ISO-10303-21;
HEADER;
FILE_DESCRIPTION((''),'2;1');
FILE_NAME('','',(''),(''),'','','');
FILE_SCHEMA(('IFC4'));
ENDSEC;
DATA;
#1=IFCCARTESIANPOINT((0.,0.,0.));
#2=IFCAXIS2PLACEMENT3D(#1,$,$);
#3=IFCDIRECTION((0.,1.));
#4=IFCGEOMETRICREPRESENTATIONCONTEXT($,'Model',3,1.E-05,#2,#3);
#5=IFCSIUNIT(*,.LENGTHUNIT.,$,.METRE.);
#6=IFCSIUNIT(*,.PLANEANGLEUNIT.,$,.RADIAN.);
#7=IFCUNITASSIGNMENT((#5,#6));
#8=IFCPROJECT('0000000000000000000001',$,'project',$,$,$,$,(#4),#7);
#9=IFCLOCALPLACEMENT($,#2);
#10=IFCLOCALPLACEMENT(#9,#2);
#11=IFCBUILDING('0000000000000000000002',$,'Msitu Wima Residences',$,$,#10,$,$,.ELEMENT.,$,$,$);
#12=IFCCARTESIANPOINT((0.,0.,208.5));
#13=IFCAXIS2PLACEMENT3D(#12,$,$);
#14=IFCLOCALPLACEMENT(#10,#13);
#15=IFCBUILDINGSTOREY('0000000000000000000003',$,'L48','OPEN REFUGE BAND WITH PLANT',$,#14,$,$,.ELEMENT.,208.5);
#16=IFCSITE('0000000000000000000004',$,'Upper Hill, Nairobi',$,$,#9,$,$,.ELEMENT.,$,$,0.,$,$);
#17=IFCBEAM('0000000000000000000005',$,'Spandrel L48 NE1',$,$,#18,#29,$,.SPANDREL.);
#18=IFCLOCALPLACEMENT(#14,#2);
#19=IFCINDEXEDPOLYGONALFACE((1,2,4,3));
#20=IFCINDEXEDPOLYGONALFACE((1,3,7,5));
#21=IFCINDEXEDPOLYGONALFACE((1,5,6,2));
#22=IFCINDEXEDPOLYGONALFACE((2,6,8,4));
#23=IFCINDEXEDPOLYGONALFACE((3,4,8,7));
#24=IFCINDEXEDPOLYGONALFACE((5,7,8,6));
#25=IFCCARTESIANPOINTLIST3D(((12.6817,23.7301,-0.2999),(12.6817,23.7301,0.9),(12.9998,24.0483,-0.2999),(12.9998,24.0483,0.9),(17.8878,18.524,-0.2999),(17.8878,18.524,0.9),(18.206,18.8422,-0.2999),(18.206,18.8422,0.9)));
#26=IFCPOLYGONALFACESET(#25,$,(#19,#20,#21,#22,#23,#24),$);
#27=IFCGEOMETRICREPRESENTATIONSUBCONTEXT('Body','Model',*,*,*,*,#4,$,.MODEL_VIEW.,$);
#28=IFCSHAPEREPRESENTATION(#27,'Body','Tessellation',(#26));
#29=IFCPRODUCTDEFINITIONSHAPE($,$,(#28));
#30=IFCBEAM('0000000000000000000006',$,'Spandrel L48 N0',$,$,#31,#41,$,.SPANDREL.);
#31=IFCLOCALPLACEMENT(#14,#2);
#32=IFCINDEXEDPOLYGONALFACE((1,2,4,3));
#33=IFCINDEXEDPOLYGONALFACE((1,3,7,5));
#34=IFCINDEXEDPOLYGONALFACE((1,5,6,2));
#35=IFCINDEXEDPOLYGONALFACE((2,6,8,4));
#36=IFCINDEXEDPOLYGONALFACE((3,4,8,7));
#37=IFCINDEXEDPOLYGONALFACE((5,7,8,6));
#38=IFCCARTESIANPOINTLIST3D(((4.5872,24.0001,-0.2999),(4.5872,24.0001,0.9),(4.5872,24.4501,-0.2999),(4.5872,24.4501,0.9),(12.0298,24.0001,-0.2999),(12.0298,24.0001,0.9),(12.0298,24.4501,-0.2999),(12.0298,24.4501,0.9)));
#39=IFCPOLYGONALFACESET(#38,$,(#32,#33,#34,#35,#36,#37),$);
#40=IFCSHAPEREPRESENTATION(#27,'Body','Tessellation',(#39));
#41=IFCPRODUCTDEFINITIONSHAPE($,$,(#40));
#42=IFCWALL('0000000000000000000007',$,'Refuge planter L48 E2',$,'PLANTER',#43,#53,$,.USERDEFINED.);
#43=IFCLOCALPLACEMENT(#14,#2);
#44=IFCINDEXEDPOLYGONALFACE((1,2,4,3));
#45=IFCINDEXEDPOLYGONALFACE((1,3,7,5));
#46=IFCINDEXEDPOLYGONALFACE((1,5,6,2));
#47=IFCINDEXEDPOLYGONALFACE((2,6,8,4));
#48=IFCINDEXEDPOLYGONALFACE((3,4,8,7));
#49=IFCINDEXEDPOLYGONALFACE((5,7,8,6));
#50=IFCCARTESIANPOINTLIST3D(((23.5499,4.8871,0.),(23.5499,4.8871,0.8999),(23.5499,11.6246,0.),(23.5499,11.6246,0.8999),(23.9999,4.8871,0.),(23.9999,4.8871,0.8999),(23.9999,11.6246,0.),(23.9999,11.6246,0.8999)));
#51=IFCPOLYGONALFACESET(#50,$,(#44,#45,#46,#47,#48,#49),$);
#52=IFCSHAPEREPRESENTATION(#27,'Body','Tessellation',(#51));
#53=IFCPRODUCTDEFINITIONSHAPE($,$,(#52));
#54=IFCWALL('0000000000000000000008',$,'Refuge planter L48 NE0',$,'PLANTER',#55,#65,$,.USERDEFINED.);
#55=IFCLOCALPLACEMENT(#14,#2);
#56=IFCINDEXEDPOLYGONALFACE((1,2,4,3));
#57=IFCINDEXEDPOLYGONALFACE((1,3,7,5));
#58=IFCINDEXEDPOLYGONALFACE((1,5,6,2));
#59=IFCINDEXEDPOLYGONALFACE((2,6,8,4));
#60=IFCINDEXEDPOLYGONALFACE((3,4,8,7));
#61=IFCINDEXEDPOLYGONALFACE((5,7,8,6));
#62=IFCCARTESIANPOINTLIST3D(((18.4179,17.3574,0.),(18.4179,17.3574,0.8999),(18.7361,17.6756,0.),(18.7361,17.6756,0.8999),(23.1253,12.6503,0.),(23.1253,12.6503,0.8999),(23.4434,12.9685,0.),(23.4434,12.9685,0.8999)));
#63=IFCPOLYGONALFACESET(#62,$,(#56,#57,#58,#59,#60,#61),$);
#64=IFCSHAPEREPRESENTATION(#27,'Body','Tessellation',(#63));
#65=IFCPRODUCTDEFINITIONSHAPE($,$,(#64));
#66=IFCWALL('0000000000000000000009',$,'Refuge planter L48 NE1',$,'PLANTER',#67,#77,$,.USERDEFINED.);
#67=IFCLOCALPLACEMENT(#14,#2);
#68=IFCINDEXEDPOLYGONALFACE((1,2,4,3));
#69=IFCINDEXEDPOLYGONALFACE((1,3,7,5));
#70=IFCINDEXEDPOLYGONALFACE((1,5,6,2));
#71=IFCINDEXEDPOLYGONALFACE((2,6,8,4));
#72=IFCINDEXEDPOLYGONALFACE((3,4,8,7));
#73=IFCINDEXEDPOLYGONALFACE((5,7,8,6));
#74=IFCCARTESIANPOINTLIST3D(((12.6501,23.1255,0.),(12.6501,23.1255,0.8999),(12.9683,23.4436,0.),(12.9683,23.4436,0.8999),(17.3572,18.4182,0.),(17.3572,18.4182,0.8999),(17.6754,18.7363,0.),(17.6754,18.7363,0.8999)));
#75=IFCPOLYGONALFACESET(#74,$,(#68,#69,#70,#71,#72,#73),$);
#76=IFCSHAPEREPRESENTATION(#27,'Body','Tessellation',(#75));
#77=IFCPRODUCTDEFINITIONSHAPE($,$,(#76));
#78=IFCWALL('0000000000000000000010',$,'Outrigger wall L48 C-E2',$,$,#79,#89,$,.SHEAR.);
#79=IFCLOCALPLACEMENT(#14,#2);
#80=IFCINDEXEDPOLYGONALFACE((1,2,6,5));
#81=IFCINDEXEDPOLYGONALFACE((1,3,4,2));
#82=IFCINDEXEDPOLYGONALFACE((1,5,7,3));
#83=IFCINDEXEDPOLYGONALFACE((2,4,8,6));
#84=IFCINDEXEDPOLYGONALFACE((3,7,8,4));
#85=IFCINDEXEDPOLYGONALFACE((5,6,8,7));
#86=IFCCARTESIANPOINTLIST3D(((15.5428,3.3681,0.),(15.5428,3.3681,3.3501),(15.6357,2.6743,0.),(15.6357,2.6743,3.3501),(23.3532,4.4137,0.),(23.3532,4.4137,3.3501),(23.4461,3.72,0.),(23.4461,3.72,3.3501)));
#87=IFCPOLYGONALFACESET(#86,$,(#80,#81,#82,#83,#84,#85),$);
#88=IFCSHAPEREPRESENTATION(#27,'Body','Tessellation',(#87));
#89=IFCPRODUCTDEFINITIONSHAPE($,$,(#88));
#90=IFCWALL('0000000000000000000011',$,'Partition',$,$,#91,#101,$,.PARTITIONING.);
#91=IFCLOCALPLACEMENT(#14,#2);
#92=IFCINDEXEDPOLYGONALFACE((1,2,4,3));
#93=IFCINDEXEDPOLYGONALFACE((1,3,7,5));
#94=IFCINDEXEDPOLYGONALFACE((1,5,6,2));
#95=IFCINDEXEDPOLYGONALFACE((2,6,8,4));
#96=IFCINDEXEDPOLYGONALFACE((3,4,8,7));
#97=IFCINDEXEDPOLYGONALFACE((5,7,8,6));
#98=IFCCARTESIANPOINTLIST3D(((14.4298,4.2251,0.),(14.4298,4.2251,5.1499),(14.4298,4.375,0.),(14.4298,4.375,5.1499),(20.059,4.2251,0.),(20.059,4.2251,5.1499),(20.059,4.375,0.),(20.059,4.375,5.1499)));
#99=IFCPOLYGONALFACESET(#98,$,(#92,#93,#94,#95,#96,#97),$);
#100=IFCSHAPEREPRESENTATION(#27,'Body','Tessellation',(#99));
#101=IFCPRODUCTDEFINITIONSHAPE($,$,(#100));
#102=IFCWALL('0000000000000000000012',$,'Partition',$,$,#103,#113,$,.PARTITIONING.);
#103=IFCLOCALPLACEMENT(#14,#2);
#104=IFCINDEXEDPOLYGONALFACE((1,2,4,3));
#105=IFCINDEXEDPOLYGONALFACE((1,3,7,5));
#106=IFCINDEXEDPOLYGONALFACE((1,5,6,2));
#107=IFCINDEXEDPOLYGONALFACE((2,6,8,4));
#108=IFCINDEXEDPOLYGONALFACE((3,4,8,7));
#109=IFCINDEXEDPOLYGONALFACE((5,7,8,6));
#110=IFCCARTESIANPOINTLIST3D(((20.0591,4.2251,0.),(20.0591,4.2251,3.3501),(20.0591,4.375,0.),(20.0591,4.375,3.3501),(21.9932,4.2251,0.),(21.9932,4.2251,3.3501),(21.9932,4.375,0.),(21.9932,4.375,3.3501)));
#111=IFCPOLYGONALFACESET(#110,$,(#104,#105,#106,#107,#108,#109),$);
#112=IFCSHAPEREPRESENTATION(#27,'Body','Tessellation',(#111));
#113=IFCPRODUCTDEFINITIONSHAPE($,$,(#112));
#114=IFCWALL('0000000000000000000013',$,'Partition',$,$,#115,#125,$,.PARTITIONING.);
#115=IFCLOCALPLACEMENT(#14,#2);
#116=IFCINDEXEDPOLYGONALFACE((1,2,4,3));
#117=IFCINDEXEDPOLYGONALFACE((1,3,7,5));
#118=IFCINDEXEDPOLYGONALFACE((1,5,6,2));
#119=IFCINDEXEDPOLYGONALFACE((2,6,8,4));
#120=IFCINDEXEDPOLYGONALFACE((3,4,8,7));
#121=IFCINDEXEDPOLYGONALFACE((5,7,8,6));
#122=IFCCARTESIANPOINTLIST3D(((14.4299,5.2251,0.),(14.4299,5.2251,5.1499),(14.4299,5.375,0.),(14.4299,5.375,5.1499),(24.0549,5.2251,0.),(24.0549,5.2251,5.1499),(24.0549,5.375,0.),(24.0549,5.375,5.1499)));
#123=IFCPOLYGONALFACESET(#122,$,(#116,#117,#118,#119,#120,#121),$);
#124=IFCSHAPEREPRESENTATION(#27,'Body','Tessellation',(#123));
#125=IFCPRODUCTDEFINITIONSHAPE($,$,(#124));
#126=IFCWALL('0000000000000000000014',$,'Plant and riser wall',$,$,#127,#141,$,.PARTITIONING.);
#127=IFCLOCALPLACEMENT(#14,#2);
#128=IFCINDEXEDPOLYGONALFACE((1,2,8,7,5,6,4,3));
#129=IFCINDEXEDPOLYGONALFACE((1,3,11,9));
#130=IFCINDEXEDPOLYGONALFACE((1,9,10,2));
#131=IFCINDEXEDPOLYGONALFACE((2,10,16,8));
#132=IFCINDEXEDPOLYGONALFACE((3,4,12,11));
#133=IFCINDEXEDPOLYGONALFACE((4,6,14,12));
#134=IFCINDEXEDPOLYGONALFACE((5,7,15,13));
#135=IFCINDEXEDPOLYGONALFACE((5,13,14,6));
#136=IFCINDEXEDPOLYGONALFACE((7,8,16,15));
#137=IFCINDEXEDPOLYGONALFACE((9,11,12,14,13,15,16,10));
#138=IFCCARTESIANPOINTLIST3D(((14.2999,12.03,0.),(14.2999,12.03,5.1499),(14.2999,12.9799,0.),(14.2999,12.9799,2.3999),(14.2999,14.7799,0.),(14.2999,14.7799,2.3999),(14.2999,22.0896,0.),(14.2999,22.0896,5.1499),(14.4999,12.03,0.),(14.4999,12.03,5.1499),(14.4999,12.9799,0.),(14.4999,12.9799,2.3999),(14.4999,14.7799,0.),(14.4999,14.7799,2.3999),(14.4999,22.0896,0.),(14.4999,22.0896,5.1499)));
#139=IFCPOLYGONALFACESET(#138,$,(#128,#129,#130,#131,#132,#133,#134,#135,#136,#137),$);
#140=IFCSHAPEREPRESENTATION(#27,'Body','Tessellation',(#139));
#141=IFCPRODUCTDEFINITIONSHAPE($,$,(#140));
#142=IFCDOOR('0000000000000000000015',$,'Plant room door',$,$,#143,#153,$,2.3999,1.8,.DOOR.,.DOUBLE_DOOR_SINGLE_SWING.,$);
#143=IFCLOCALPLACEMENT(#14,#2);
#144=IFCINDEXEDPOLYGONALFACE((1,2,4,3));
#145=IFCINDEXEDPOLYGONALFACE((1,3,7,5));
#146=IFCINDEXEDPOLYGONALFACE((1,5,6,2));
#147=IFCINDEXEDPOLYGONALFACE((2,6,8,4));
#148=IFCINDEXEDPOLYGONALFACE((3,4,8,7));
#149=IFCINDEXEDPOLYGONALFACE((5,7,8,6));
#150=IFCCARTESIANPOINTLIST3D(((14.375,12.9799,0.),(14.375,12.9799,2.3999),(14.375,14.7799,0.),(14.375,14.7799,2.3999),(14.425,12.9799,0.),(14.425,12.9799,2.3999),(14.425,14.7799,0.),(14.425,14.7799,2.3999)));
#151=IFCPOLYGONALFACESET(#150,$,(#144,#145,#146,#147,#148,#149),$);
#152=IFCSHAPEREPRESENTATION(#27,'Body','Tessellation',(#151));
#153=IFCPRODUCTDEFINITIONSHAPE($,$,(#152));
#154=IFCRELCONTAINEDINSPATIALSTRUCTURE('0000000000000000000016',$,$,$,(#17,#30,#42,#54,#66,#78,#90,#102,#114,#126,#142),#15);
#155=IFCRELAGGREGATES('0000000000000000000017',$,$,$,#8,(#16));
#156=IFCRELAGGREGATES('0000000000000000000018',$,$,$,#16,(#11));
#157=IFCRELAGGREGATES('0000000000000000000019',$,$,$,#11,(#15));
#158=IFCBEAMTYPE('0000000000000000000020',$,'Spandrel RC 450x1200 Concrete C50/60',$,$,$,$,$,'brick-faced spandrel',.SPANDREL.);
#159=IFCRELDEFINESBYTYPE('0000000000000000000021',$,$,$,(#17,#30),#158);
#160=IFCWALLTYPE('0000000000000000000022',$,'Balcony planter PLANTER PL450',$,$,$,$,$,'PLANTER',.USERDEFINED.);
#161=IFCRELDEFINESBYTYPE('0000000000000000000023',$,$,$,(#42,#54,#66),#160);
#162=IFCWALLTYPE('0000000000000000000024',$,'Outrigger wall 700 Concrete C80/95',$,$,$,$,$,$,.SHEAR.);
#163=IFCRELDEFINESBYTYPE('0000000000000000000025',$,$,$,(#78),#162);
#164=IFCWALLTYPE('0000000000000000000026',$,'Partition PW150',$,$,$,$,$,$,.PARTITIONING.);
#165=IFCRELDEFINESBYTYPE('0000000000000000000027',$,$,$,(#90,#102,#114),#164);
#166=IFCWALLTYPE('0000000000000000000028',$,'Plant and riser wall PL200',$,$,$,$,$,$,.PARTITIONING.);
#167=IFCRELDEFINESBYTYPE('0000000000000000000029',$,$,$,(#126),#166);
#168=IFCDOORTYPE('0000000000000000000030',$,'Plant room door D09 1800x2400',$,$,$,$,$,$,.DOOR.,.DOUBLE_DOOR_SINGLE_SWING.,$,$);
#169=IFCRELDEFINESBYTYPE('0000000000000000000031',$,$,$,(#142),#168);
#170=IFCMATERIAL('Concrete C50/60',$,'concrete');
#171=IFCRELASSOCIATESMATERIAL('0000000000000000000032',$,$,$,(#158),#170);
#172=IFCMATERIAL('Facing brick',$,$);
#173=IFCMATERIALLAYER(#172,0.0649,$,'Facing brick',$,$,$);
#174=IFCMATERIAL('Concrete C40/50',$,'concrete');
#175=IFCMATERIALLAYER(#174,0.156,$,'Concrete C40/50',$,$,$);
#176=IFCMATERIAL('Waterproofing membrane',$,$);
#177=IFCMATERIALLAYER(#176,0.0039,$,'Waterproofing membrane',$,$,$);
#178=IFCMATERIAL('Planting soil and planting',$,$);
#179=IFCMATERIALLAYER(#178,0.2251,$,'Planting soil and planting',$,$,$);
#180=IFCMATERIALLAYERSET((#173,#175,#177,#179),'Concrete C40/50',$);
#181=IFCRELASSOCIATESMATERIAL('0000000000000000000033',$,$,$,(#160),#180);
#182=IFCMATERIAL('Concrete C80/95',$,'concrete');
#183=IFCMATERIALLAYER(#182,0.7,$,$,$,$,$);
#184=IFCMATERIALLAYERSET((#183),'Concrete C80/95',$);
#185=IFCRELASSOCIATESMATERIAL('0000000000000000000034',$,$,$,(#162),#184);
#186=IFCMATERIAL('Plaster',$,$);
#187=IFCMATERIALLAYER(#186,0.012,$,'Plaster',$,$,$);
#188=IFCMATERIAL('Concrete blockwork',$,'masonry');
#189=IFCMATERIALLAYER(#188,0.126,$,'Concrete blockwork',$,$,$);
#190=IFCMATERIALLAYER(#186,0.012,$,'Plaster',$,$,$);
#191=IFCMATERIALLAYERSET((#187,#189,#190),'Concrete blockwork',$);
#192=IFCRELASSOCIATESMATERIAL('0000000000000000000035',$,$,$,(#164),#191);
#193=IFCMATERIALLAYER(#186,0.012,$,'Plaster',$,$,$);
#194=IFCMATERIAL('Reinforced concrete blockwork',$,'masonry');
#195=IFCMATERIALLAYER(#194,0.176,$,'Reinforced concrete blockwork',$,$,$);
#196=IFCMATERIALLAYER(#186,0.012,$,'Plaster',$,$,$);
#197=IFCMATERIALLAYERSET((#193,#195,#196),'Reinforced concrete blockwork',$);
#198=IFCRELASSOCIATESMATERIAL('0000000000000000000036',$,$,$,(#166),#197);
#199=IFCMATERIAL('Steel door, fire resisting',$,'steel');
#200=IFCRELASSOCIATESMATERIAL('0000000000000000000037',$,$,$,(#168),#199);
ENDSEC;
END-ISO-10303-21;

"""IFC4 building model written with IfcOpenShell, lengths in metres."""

from ifc_helpers import new_model, si_unit, direction, frame, frame_2d, origin, origin_2d, place, context, subcontext, project, spatial, rectangle, extrude, material, layer, layer_set, material_profile, profile_set, type_object, element, fill, save


model = new_model("IFC4")

# Units and contexts
model_context = context("Model", 3, precision=1e-05, world=origin(), true_north=direction((0.0, 1.0)))
body_context = subcontext(model_context, "Body", "Model", "MODEL_VIEW")
ifc_project = project(units=[si_unit("LENGTHUNIT", "METRE"), si_unit("PLANEANGLEUNIT", "RADIAN")], contexts=[model_context])

# Site, building, storey
site_placement = place(None, origin())
site = spatial("IfcSite", under=ifc_project, at=site_placement, Name="Upper Hill, Nairobi", CompositionType="ELEMENT", RefElevation=0.0)
building_placement = place(site_placement, origin())
building = spatial("IfcBuilding", under=site, at=building_placement, Name="Msitu Wima Residences", CompositionType="ELEMENT")
storey_placement = place(building_placement, frame((0.0, 0.0, 208.5)))
storey = spatial("IfcBuildingStorey", under=building, at=storey_placement, Name="L48", Description="OPEN REFUGE BAND WITH PLANT", CompositionType="ELEMENT", Elevation=208.5)

# Beams
ifc_material_1 = material(Name="Concrete C50/60", Category="concrete")
ifc_material_2 = material(Name="Concrete C80/95", Category="concrete")
ifc_material_profile_1 = material_profile(ifc_material_1, rectangle(XDim=0.45, YDim=1.2, at=origin_2d()), Name="RC 450x1200")
ifc_profile_set_1 = profile_set([ifc_material_profile_1], Name="Concrete C50/60")
beam_type_1 = type_object("IfcBeamType", Name="Spandrel RC 450x1200 Concrete C50/60", ElementType="brick-faced spandrel", PredefinedType="SPANDREL", material=ifc_profile_set_1)
for number, where, z_axis, x_axis, name in (
    (1, (18.0469, 18.6831, 0.3), (-0.707107, 0.707107, 0.0), (-0.707107, -0.707107, 0.0), "Spandrel L48 NE1"),
):
    element("IfcBeam", number, at=place(storey_placement, frame(where, z_axis=z_axis, x_axis=x_axis)), inside=storey, type_object=beam_type_1, Name=name, PredefinedType="SPANDREL", context=body_context, shape_type="SweptSolid", body=[
        extrude(rectangle(XDim=0.45, YDim=1.2, at=origin_2d()), origin(), (0.0, 0.0, 1.0), 7.3625),
    ])
beam_1_placement = place(storey_placement, frame((12.0298, 24.2251, 0.3), z_axis=(-1.0, 0.0, 0.0), x_axis=(0.0, -1.0, 0.0)))
element("IfcBeam", 2, at=beam_1_placement, inside=storey, type_object=beam_type_1, Name="Spandrel L48 N0", PredefinedType="SPANDREL", context=body_context, shape_type="SweptSolid", body=[
    extrude(rectangle(XDim=0.45, YDim=1.2, at=origin_2d()), origin(), (0.0, 0.0, 1.0), 7.4426),
])

# Walls
ifc_material_3 = material(Name="Facing brick")
ifc_layer_1 = layer(ifc_material_3, 0.0649, Name="Facing brick")
ifc_material_4 = material(Name="Concrete C40/50", Category="concrete")
ifc_layer_2 = layer(ifc_material_4, 0.156, Name="Concrete C40/50")
ifc_material_5 = material(Name="Waterproofing membrane")
ifc_layer_3 = layer(ifc_material_5, 0.0039, Name="Waterproofing membrane")
ifc_material_6 = material(Name="Planting soil and planting")
ifc_layer_4 = layer(ifc_material_6, 0.2251, Name="Planting soil and planting")
ifc_layer_set_1 = layer_set([ifc_layer_1, ifc_layer_2, ifc_layer_3, ifc_layer_4], Name="Concrete C40/50")
wall_type_1 = type_object("IfcWallType", Name="Balcony planter PLANTER PL450", ElementType="PLANTER", PredefinedType="USERDEFINED", material=ifc_layer_set_1)
wall_1_placement = place(storey_placement, frame((23.7749, 4.8872, 0.0), z_axis=(0.0, 0.0, 1.0), x_axis=(0.0, 1.0, 0.0)))
element("IfcWall", 3, at=wall_1_placement, inside=storey, type_object=wall_type_1, Name="Refuge planter L48 E2", ObjectType="PLANTER", PredefinedType="USERDEFINED", context=body_context, shape_type="SweptSolid", body=[
    extrude(rectangle(XDim=6.7375, YDim=0.45, at=frame_2d((3.3687, 0.0))), origin(), (0.0, 0.0, 1.0), 0.8999),
])
for number, where, z_axis, x_axis, name in (
    (4, (23.2844, 12.8093, 0.0), (0.0, 0.0, 1.0), (-0.707125, 0.707088, 0.0), "Refuge planter L48 NE0"),
    (5, (17.5164, 18.5771, 0.0), (0.0, 0.0, 1.0), (-0.707088, 0.707125, 0.0), "Refuge planter L48 NE1"),
):
    element("IfcWall", number, at=place(storey_placement, frame(where, z_axis=z_axis, x_axis=x_axis)), inside=storey, type_object=wall_type_1, Name=name, ObjectType="PLANTER", PredefinedType="USERDEFINED", context=body_context, shape_type="SweptSolid", body=[
        extrude(rectangle(XDim=6.657, YDim=0.45, at=frame_2d((3.3286, 0.0))), origin(), (0.0, 0.0, 1.0), 0.8999),
    ])
ifc_layer_5 = layer(ifc_material_2, 0.7)
ifc_layer_set_2 = layer_set([ifc_layer_5], Name="Concrete C80/95")
wall_type_2 = type_object("IfcWallType", Name="Outrigger wall 700 Concrete C80/95", PredefinedType="SHEAR", material=ifc_layer_set_2)
wall_2_placement = place(storey_placement, frame((15.5894, 3.0212, 0.0), z_axis=(0.0, 0.0, 1.0), x_axis=(0.991157, 0.132693, 0.0)))
element("IfcWall", 6, at=wall_2_placement, inside=storey, type_object=wall_type_2, Name="Outrigger wall L48 C-E2", PredefinedType="SHEAR", context=body_context, shape_type="SweptSolid", body=[
    extrude(rectangle(XDim=7.8801, YDim=0.7, at=frame_2d((3.9399, 0.0))), origin(), (0.0, 0.0, 1.0), 3.3501),
])
ifc_material_7 = material(Name="Plaster")
ifc_layer_6 = layer(ifc_material_7, 0.012, Name="Plaster")
ifc_material_8 = material(Name="Concrete blockwork", Category="masonry")
ifc_layer_7 = layer(ifc_material_8, 0.126, Name="Concrete blockwork")
ifc_layer_8 = layer(ifc_material_7, 0.012, Name="Plaster")
ifc_layer_set_3 = layer_set([ifc_layer_6, ifc_layer_7, ifc_layer_8], Name="Concrete blockwork")
wall_type_3 = type_object("IfcWallType", Name="Partition PW150", PredefinedType="PARTITIONING", material=ifc_layer_set_3)
wall_3_placement = place(storey_placement, frame((14.4299, 4.3, 0.0), z_axis=(0.0, 0.0, 1.0), x_axis=(1.0, 0.0, 0.0)))
element("IfcWall", 7, at=wall_3_placement, inside=storey, type_object=wall_type_3, Name="Partition", PredefinedType="PARTITIONING", context=body_context, shape_type="SweptSolid", body=[
    extrude(rectangle(XDim=5.6292, YDim=0.1499, at=frame_2d((2.8145, 0.0))), origin(), (0.0, 0.0, 1.0), 5.1499),
])
wall_4_placement = place(storey_placement, frame((20.0591, 4.3, 0.0), z_axis=(0.0, 0.0, 1.0), x_axis=(1.0, 0.0, 0.0)))
element("IfcWall", 8, at=wall_4_placement, inside=storey, type_object=wall_type_3, Name="Partition", PredefinedType="PARTITIONING", context=body_context, shape_type="SweptSolid", body=[
    extrude(rectangle(XDim=1.9341, YDim=0.1499, at=frame_2d((0.967, 0.0))), origin(), (0.0, 0.0, 1.0), 3.3501),
])
wall_5_placement = place(storey_placement, frame((14.4299, 5.3, 0.0), z_axis=(0.0, 0.0, 1.0), x_axis=(1.0, 0.0, 0.0)))
element("IfcWall", 9, at=wall_5_placement, inside=storey, type_object=wall_type_3, Name="Partition", PredefinedType="PARTITIONING", context=body_context, shape_type="SweptSolid", body=[
    extrude(rectangle(XDim=9.625, YDim=0.1499, at=frame_2d((4.8125, 0.0))), origin(), (0.0, 0.0, 1.0), 5.1499),
])

# Wall, opening, door
ifc_layer_9 = layer(ifc_material_7, 0.012, Name="Plaster")
ifc_material_9 = material(Name="Reinforced concrete blockwork", Category="masonry")
ifc_layer_10 = layer(ifc_material_9, 0.176, Name="Reinforced concrete blockwork")
ifc_layer_11 = layer(ifc_material_7, 0.012, Name="Plaster")
ifc_layer_set_4 = layer_set([ifc_layer_9, ifc_layer_10, ifc_layer_11], Name="Reinforced concrete blockwork")
wall_type_4 = type_object("IfcWallType", Name="Plant and riser wall PL200", PredefinedType="PARTITIONING", material=ifc_layer_set_4)
wall_6_placement = place(storey_placement, frame((14.3999, 12.03, 0.0), z_axis=(0.0, 0.0, 1.0), x_axis=(0.0, 1.0, 0.0)))
wall_6 = element("IfcWall", 10, at=wall_6_placement, inside=storey, type_object=wall_type_4, Name="Plant and riser wall", PredefinedType="PARTITIONING", context=body_context, shape_type="SweptSolid", body=[
    extrude(rectangle(XDim=10.0596, YDim=0.2, at=frame_2d((5.0298, 0.0))), origin(), (0.0, 0.0, 1.0), 5.1499),
])
opening_1_placement = place(wall_6_placement, frame((0.95, 0.0, 0.0)))
opening_1 = element("IfcOpeningElement", 11, at=opening_1_placement, cuts=wall_6, PredefinedType="OPENING", context=body_context, shape_type="SweptSolid", body=[
    extrude(rectangle(XDim=1.8, YDim=2.3999, at=frame_2d((0.8999, 1.2))), frame((0.0, 0.1099, 0.0), z_axis=(0.0, -1.0, 0.0), x_axis=(1.0, 0.0, 0.0)), (0.0, 0.0, 1.0), 0.22),
])
ifc_material_10 = material(Name="Steel door, fire resisting", Category="steel")
door_type = type_object("IfcDoorType", Name="Plant room door D09 1800x2400", OperationType="DOUBLE_DOOR_SINGLE_SWING", PredefinedType="DOOR", material=ifc_material_10)
door_1_placement = place(opening_1_placement, origin())
door_1 = element("IfcDoor", 12, at=door_1_placement, inside=storey, type_object=door_type, Name="Plant room door", OperationType="DOUBLE_DOOR_SINGLE_SWING", OverallHeight=2.3999, OverallWidth=1.8, PredefinedType="DOOR", context=body_context, shape_type="SweptSolid", body=[
    extrude(rectangle(XDim=1.8, YDim=2.3999, at=frame_2d((0.8999, 1.2))), frame((0.0, 0.0249, 0.0), z_axis=(0.0, -1.0, 0.0), x_axis=(1.0, 0.0, 0.0)), (0.0, 0.0, 1.0), 0.05),
])
fill(opening_1, door_1)

save(model, "model.ifc")
